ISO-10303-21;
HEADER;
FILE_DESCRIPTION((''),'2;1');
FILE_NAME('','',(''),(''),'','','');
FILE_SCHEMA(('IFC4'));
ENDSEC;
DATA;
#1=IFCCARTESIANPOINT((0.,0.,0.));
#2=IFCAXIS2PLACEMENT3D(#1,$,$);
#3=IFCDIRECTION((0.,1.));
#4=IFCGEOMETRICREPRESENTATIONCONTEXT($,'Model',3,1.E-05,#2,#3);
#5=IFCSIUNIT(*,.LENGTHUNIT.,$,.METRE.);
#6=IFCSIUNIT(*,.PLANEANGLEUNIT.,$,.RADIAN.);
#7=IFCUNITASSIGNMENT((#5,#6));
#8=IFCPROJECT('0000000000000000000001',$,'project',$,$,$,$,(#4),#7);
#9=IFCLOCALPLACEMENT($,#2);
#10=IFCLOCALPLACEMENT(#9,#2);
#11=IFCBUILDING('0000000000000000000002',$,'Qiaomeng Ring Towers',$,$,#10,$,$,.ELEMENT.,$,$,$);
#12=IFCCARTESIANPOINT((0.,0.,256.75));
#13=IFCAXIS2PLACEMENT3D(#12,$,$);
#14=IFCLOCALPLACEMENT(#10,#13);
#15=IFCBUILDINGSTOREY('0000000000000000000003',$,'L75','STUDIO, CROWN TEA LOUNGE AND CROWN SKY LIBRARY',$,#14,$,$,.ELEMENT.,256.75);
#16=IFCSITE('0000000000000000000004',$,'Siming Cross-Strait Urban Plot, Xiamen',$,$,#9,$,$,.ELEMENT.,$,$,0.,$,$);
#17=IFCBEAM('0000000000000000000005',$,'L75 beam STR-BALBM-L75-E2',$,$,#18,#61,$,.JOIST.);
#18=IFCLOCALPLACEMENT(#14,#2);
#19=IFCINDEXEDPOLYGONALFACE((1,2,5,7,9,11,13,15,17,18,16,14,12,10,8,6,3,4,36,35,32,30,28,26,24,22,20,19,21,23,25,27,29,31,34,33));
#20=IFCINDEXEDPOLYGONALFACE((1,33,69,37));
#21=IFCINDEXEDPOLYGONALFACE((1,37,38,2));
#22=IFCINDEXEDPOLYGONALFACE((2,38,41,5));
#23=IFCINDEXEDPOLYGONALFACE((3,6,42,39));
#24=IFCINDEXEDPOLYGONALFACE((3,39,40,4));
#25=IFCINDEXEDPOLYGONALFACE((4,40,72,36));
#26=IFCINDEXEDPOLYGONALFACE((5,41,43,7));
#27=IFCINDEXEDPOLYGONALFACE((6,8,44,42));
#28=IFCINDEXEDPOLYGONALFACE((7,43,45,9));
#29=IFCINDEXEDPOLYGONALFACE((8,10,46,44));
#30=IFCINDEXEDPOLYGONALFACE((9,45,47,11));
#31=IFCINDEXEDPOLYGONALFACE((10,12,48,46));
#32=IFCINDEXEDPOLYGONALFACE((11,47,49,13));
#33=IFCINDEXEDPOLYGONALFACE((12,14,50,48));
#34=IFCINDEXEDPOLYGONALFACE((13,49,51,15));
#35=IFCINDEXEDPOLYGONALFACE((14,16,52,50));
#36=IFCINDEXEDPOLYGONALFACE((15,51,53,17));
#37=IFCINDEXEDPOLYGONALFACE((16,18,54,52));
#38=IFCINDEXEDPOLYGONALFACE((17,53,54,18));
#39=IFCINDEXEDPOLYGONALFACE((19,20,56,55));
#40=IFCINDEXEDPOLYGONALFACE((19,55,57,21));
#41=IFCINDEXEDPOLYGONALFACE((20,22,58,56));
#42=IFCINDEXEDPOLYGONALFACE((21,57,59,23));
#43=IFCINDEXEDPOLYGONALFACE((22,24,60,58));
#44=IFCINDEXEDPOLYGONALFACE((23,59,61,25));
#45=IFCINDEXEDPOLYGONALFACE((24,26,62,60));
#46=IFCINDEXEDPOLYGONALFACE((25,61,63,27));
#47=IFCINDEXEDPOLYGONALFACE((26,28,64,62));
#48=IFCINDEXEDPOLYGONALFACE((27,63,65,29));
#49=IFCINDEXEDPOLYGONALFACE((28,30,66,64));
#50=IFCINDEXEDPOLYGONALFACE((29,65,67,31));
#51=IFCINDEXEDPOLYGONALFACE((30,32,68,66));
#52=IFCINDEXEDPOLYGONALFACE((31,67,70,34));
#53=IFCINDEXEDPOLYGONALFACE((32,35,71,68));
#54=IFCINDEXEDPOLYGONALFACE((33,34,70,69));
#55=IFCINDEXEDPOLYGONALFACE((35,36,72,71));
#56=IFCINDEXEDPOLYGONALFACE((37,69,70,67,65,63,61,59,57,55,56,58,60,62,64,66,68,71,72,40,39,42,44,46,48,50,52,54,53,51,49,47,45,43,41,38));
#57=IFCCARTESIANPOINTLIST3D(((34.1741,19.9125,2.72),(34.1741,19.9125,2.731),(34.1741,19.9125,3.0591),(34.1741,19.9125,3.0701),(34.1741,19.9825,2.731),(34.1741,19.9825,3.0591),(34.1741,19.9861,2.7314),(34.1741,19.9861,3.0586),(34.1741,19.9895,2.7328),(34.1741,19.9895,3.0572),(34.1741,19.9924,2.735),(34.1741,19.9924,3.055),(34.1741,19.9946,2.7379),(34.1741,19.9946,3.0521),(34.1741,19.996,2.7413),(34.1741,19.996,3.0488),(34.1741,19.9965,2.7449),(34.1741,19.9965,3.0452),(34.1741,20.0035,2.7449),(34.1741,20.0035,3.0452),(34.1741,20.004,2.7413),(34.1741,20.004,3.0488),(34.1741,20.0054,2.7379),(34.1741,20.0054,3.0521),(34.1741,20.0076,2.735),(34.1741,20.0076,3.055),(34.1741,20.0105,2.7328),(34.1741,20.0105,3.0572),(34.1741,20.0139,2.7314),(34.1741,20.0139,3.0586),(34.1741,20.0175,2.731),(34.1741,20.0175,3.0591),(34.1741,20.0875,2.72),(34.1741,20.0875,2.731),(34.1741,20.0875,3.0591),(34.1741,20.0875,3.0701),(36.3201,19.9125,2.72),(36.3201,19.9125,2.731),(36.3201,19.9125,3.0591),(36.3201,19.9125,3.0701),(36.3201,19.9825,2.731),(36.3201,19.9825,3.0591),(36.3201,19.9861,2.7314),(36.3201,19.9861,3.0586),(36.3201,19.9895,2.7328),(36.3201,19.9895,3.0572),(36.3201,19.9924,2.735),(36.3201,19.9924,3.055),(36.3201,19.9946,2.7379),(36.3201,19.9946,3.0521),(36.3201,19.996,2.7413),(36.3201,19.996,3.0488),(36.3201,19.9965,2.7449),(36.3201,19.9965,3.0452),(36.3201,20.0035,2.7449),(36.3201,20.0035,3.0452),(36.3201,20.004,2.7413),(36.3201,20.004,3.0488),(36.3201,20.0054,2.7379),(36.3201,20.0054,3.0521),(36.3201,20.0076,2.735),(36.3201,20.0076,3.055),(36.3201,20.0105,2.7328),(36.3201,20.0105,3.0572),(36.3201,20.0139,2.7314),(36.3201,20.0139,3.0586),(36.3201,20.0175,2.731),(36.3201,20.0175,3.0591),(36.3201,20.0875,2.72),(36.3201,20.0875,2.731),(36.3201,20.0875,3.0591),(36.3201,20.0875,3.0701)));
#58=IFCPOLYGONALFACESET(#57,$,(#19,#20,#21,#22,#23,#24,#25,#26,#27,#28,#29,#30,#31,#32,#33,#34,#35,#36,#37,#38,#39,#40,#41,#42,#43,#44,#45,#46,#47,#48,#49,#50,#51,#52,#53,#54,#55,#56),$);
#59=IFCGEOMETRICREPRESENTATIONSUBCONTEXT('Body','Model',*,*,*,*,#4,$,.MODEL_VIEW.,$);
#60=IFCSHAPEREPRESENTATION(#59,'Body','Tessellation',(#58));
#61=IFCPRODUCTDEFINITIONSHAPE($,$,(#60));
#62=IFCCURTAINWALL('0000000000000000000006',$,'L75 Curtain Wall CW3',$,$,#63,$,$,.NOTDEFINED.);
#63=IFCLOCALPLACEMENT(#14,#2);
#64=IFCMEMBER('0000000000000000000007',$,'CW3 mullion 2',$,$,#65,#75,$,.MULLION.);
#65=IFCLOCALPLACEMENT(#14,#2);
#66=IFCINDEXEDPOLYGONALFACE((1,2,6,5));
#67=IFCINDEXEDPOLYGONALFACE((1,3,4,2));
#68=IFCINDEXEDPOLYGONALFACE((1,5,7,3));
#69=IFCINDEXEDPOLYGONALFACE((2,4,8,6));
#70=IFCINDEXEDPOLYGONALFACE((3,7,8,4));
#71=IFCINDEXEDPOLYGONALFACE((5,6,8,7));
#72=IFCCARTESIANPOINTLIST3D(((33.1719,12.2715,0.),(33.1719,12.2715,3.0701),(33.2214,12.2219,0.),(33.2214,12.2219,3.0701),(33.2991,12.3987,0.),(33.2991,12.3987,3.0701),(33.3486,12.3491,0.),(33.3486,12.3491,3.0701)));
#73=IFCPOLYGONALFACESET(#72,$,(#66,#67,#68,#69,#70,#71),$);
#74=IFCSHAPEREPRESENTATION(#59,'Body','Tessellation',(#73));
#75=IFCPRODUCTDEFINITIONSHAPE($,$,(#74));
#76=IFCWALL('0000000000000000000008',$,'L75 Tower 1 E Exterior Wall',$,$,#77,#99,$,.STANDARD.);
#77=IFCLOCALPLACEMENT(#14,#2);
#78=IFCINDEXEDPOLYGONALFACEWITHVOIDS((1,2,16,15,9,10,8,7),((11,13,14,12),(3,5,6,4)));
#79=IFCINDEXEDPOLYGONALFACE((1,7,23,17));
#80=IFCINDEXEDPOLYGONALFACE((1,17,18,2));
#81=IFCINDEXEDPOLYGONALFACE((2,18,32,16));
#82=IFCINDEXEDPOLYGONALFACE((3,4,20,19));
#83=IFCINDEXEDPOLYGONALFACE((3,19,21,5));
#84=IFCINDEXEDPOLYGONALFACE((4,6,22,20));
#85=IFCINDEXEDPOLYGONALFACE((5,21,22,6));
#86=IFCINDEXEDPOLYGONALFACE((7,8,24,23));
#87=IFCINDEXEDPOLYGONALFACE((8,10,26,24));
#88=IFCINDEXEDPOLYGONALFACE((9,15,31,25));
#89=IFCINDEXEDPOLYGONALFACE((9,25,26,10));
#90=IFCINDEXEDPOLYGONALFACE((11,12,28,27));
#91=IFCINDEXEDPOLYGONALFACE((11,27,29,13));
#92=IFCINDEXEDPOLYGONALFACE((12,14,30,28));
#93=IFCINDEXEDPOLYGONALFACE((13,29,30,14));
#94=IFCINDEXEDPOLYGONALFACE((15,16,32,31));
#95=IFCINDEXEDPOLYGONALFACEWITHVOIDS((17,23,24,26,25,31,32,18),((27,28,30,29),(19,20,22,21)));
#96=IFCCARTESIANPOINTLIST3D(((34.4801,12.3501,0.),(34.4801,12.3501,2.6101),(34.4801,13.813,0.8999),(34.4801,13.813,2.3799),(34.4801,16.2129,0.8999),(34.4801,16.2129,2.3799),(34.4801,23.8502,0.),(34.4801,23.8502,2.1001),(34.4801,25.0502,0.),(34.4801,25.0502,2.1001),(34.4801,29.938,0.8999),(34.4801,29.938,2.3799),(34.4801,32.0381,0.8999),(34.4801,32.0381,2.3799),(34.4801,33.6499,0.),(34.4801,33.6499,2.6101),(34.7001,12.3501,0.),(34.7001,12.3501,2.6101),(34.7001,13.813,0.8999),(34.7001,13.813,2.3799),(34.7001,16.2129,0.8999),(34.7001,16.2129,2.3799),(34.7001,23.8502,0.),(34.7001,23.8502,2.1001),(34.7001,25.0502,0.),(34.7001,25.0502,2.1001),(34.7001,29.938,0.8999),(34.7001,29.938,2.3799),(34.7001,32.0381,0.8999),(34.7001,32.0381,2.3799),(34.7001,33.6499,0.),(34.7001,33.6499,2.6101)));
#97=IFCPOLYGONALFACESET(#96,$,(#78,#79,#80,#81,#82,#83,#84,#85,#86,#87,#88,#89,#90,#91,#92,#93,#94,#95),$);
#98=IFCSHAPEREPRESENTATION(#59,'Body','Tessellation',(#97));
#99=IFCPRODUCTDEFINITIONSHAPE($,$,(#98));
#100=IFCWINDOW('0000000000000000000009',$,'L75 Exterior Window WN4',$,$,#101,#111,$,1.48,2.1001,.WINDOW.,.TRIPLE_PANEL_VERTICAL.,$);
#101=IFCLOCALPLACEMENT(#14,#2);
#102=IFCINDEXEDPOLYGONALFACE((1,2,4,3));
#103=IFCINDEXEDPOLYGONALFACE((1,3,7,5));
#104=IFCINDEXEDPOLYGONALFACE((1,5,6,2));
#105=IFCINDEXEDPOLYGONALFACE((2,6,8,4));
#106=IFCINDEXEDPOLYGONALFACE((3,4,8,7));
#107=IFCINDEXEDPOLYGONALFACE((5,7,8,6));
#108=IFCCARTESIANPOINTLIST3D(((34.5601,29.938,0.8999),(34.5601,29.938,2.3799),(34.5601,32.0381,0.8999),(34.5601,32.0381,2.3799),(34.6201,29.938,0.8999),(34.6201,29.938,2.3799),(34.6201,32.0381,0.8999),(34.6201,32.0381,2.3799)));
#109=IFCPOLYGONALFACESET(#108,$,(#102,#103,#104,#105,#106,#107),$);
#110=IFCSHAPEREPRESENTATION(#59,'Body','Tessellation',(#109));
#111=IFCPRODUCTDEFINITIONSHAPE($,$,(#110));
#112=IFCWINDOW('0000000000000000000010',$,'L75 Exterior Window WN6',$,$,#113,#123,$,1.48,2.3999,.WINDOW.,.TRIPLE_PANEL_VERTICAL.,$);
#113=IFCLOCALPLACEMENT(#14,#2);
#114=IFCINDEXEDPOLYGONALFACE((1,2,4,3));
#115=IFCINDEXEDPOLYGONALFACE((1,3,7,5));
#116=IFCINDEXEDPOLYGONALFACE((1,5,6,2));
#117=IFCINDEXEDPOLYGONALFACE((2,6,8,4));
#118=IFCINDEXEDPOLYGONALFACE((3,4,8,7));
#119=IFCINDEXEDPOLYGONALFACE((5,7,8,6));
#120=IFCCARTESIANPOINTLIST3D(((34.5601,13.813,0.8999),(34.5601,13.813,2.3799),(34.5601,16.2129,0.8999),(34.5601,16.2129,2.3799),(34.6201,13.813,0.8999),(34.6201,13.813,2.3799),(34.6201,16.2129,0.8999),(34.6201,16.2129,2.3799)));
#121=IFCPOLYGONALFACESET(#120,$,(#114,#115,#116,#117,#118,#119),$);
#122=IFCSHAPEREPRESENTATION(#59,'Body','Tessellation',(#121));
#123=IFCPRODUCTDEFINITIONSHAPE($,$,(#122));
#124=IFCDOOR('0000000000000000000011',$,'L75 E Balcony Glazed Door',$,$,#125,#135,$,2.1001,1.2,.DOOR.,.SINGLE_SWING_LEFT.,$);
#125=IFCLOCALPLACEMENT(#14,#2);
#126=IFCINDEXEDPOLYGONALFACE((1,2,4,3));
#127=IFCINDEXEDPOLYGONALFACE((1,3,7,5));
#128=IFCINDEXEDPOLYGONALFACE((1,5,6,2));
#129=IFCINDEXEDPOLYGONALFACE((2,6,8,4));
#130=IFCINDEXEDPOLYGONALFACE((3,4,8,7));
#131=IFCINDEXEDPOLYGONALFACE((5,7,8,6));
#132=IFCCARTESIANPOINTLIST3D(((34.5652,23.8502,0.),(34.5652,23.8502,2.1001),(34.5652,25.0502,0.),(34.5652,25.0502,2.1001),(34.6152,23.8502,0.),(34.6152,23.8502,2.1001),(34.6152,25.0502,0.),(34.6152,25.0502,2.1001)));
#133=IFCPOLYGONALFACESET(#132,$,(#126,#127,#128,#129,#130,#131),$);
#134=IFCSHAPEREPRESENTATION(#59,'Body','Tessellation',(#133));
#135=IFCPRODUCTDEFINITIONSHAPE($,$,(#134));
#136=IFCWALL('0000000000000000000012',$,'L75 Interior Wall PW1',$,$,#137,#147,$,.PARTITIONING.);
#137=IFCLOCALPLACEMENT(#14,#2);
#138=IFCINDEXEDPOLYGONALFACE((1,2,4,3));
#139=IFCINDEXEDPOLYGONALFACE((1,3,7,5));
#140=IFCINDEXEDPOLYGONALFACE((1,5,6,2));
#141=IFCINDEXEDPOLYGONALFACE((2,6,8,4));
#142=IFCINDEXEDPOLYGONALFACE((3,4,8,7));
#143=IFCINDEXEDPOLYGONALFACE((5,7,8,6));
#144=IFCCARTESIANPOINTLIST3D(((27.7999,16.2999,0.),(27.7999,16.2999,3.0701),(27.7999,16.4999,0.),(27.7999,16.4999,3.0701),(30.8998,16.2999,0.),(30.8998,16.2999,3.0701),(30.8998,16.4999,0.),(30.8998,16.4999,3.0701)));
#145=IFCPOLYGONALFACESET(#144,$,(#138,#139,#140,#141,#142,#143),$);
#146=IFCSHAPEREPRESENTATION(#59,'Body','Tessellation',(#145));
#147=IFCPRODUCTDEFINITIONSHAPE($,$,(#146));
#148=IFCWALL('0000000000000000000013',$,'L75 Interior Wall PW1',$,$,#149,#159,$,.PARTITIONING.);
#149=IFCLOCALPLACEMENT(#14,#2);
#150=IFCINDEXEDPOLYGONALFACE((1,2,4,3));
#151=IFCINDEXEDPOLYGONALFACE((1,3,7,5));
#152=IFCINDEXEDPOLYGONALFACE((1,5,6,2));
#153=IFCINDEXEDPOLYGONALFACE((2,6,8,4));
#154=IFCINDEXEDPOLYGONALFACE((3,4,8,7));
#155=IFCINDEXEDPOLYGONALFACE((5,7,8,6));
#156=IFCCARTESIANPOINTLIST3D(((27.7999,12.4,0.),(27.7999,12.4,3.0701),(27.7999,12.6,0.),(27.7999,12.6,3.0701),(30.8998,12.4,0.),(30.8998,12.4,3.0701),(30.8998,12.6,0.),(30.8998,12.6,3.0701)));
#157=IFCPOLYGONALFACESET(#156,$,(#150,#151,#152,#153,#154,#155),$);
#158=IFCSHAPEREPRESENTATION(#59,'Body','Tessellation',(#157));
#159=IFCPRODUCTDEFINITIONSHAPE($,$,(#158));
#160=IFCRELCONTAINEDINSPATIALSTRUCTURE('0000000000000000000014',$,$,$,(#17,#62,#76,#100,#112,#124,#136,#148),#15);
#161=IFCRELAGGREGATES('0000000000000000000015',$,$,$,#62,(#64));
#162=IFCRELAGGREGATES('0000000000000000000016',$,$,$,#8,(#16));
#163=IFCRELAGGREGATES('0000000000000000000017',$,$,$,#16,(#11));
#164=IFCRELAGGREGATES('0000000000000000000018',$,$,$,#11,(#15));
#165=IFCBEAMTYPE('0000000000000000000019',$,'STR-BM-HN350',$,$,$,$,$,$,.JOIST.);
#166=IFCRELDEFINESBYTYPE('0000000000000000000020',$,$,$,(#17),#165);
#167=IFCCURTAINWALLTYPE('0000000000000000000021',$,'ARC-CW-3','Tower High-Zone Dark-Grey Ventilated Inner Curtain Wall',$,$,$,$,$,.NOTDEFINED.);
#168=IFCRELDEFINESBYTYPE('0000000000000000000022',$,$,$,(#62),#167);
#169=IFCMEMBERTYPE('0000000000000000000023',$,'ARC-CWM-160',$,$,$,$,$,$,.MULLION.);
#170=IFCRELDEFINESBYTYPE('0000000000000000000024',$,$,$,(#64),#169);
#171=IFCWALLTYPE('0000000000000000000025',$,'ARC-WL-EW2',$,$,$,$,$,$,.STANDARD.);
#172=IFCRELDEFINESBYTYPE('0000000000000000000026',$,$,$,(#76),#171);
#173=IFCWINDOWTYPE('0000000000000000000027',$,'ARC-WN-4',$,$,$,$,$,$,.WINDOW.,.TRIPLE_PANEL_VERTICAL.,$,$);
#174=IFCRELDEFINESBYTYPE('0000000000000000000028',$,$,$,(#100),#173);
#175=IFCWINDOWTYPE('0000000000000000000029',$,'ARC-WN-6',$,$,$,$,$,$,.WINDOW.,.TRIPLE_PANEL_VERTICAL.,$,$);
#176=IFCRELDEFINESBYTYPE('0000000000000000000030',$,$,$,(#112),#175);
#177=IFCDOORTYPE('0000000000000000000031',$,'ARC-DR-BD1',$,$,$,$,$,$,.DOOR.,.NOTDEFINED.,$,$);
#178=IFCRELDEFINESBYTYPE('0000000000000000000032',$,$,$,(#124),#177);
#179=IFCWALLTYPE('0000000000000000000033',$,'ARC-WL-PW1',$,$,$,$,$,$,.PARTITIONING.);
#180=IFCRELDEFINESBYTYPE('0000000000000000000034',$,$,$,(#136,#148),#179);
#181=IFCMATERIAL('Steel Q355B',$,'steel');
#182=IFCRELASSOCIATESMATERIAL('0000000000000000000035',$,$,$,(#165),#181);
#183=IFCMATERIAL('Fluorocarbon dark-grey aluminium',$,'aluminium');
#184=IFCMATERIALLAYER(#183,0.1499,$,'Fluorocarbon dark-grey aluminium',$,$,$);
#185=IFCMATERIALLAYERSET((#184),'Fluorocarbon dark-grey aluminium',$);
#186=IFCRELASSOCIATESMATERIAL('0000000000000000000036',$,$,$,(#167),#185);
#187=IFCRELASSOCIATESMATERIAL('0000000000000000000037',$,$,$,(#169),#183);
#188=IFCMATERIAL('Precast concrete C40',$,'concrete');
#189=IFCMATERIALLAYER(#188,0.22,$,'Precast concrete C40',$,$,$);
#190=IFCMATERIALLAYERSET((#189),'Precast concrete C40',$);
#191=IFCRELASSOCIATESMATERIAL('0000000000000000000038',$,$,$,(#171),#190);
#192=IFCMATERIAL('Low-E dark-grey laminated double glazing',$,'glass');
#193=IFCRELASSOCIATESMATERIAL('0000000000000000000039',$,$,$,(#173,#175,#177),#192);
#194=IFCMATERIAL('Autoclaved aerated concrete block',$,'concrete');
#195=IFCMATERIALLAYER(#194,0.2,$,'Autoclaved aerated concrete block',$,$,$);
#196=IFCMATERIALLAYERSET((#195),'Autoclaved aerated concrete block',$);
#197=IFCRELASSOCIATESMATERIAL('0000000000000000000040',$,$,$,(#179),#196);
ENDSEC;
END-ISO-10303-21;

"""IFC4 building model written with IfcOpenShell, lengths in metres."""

from ifc_helpers import new_model, si_unit, direction, frame, frame_2d, origin, origin_2d, place, context, subcontext, project, spatial, rectangle, i_section, extrude, source, transform, mapped, material, layer, layer_set, material_profile, profile_set, type_object, element, fill, aggregate, save


model = new_model("IFC4")

# Units and contexts
model_context = context("Model", 3, precision=1e-05, world=origin(), true_north=direction((0.0, 1.0)))
body_context = subcontext(model_context, "Body", "Model", "MODEL_VIEW")
ifc_project = project(units=[si_unit("LENGTHUNIT", "METRE"), si_unit("PLANEANGLEUNIT", "RADIAN")], contexts=[model_context])

# Site, building, storey
site_placement = place(None, origin())
site = spatial("IfcSite", under=ifc_project, at=site_placement, Name="Siming Cross-Strait Urban Plot, Xiamen", CompositionType="ELEMENT", RefElevation=0.0)
building_placement = place(site_placement, origin())
building = spatial("IfcBuilding", under=site, at=building_placement, Name="Qiaomeng Ring Towers", CompositionType="ELEMENT")
storey_placement = place(building_placement, frame((0.0, 0.0, 256.75)))
storey = spatial("IfcBuildingStorey", under=building, at=storey_placement, Name="L75", Description="STUDIO, CROWN TEA LOUNGE AND CROWN SKY LIBRARY", CompositionType="ELEMENT", Elevation=256.75)

# Beam
ifc_material_1 = material(Name="Steel Q355B", Category="steel")
ifc_material_profile_1 = material_profile(ifc_material_1, i_section(OverallWidth=0.175, OverallDepth=0.3501, WebThickness=0.0071, FlangeThickness=0.011, FilletRadius=0.0139, at=origin_2d()), Name="HN 350x175x7x11")
ifc_profile_set_1 = profile_set([ifc_material_profile_1], Name="Steel Q355B")
beam_type_1 = type_object("IfcBeamType", Name="STR-BM-HN350", PredefinedType="JOIST", material=ifc_profile_set_1)
shared_shape_1 = source(origin(), body_context, "Body", "SweptSolid", [
    extrude(i_section(OverallWidth=0.175, OverallDepth=0.3501, WebThickness=0.0071, FlangeThickness=0.011, FilletRadius=0.0139, at=origin_2d()), origin(), (0.0, 0.0, 1.0), 2.146),
])
beam_1_placement = place(storey_placement, frame((34.1741, 20.0, 2.895), z_axis=(1.0, 0.0, 0.0), x_axis=(0.0, 1.0, 0.0)))
element("IfcBeam", 1, at=beam_1_placement, inside=storey, type_object=beam_type_1, Name="L75 beam STR-BALBM-L75-E2", PredefinedType="JOIST", context=body_context, shape_type="MappedRepresentation", body=[
    mapped(shared_shape_1, transform((0.0, 0.0, 0.0), x_axis=(1.0, 0.0, 0.0), y_axis=(0.0, 1.0, 0.0), z_axis=(0.0, 0.0, 1.0), scale=1.0)),
])

# Curtain wall, member
ifc_material_2 = material(Name="Fluorocarbon dark-grey aluminium", Category="aluminium")
ifc_layer_1 = layer(ifc_material_2, 0.1499, Name="Fluorocarbon dark-grey aluminium")
ifc_layer_set_1 = layer_set([ifc_layer_1], Name="Fluorocarbon dark-grey aluminium")
curtain_wall_type = type_object("IfcCurtainWallType", Name="ARC-CW-3", Description="Tower High-Zone Dark-Grey Ventilated Inner Curtain Wall", PredefinedType="NOTDEFINED", material=ifc_layer_set_1)
curtain_wall_placement = place(storey_placement, origin())
curtain_wall = element("IfcCurtainWall", 2, at=curtain_wall_placement, inside=storey, type_object=curtain_wall_type, Name="L75 Curtain Wall CW3", PredefinedType="NOTDEFINED")
ifc_material_profile_2 = material_profile(ifc_material_2, rectangle(XDim=0.0701, YDim=0.1799, at=origin_2d()), Name="ALU MULL 70x180")
ifc_profile_set_2 = profile_set([ifc_material_profile_2], Name="Fluorocarbon dark-grey aluminium")
member_type = type_object("IfcMemberType", Name="ARC-CWM-160", PredefinedType="MULLION", material=ifc_profile_set_2)
shared_shape_2 = source(origin(), body_context, "Body", "SweptSolid", [
    extrude(rectangle(XDim=0.0701, YDim=0.1799, at=origin_2d()), origin(), (0.0, 0.0, 1.0), 3.0701),
])
member_placement = place(storey_placement, frame((33.2603, 12.3103, 0.0), z_axis=(0.0, 0.0, 1.0), x_axis=(-0.707107, 0.707107, 0.0)))
member = element("IfcMember", 3, at=member_placement, type_object=member_type, Name="CW3 mullion 2", PredefinedType="MULLION", context=body_context, shape_type="MappedRepresentation", body=[
    mapped(shared_shape_2, transform((0.0, 0.0, 0.0), x_axis=(1.0, 0.0, 0.0), y_axis=(0.0, 1.0, 0.0), z_axis=(0.0, 0.0, 1.0), scale=1.0)),
])
aggregate(curtain_wall, [member])

# Wall, openings, windows, door
ifc_material_3 = material(Name="Precast concrete C40", Category="concrete")
ifc_layer_2 = layer(ifc_material_3, 0.22, Name="Precast concrete C40")
ifc_layer_set_2 = layer_set([ifc_layer_2], Name="Precast concrete C40")
wall_type_1 = type_object("IfcWallType", Name="ARC-WL-EW2", PredefinedType="STANDARD", material=ifc_layer_set_2)
wall_1_placement = place(storey_placement, frame((34.5901, 12.3501, 0.0), z_axis=(0.0, 0.0, 1.0), x_axis=(0.0, 1.0, 0.0)))
wall_1 = element("IfcWall", 4, at=wall_1_placement, inside=storey, type_object=wall_type_1, Name="L75 Tower 1 E Exterior Wall", PredefinedType="STANDARD", context=body_context, shape_type="SweptSolid", body=[
    extrude(rectangle(XDim=21.2998, YDim=0.22, at=frame_2d((10.6499, 0.0))), origin(), (0.0, 0.0, 1.0), 2.6101),
])
opening_1_placement = place(wall_1_placement, frame((11.5, 0.0, 0.0)))
opening_1 = element("IfcOpeningElement", 5, at=opening_1_placement, cuts=wall_1, PredefinedType="OPENING", context=body_context, shape_type="SweptSolid", body=[
    extrude(rectangle(XDim=1.2, YDim=2.1001, at=frame_2d((0.6001, 1.05))), frame((0.0, 0.1199, 0.0), z_axis=(0.0, -1.0, 0.0), x_axis=(1.0, 0.0, 0.0)), (0.0, 0.0, 1.0), 0.24),
])
opening_2_placement = place(wall_1_placement, frame((1.4629, 0.0, 0.8999)))
opening_2 = element("IfcOpeningElement", 6, at=opening_2_placement, cuts=wall_1, PredefinedType="OPENING", context=body_context, shape_type="SweptSolid", body=[
    extrude(rectangle(XDim=2.3999, YDim=1.48, at=frame_2d((1.2, 0.74))), frame((0.0, 0.1199, 0.0), z_axis=(0.0, -1.0, 0.0), x_axis=(1.0, 0.0, 0.0)), (0.0, 0.0, 1.0), 0.24),
])
opening_3_placement = place(wall_1_placement, frame((17.5879, 0.0, 0.8999)))
opening_3 = element("IfcOpeningElement", 7, at=opening_3_placement, cuts=wall_1, PredefinedType="OPENING", context=body_context, shape_type="SweptSolid", body=[
    extrude(rectangle(XDim=2.1001, YDim=1.48, at=frame_2d((1.05, 0.74))), frame((0.0, 0.1199, 0.0), z_axis=(0.0, -1.0, 0.0), x_axis=(1.0, 0.0, 0.0)), (0.0, 0.0, 1.0), 0.24),
])
ifc_material_4 = material(Name="Low-E dark-grey laminated double glazing", Category="glass")
window_type_1 = type_object("IfcWindowType", Name="ARC-WN-4", PartitioningType="TRIPLE_PANEL_VERTICAL", PredefinedType="WINDOW", material=ifc_material_4)
shared_shape_3 = source(origin(), body_context, "Body", "SweptSolid", [
    extrude(rectangle(XDim=2.1001, YDim=1.48, at=frame_2d((1.05, 0.74))), frame((0.0, 0.03, 0.0), z_axis=(0.0, -1.0, 0.0), x_axis=(1.0, 0.0, 0.0)), (0.0, 0.0, 1.0), 0.0601),
])
window_1_placement = place(opening_3_placement, origin())
window_1 = element("IfcWindow", 8, at=window_1_placement, inside=storey, type_object=window_type_1, Name="L75 Exterior Window WN4", OverallHeight=1.48, OverallWidth=2.1001, PartitioningType="TRIPLE_PANEL_VERTICAL", PredefinedType="WINDOW", context=body_context, shape_type="MappedRepresentation", body=[
    mapped(shared_shape_3, transform((0.0, 0.0, 0.0), x_axis=(1.0, 0.0, 0.0), y_axis=(0.0, 1.0, 0.0), z_axis=(0.0, 0.0, 1.0), scale=1.0)),
])
fill(opening_3, window_1)
window_type_2 = type_object("IfcWindowType", Name="ARC-WN-6", PartitioningType="TRIPLE_PANEL_VERTICAL", PredefinedType="WINDOW", material=ifc_material_4)
shared_shape_4 = source(origin(), body_context, "Body", "SweptSolid", [
    extrude(rectangle(XDim=2.3999, YDim=1.48, at=frame_2d((1.2, 0.74))), frame((0.0, 0.03, 0.0), z_axis=(0.0, -1.0, 0.0), x_axis=(1.0, 0.0, 0.0)), (0.0, 0.0, 1.0), 0.0601),
])
window_2_placement = place(opening_2_placement, origin())
window_2 = element("IfcWindow", 9, at=window_2_placement, inside=storey, type_object=window_type_2, Name="L75 Exterior Window WN6", OverallHeight=1.48, OverallWidth=2.3999, PartitioningType="TRIPLE_PANEL_VERTICAL", PredefinedType="WINDOW", context=body_context, shape_type="MappedRepresentation", body=[
    mapped(shared_shape_4, transform((0.0, 0.0, 0.0), x_axis=(1.0, 0.0, 0.0), y_axis=(0.0, 1.0, 0.0), z_axis=(0.0, 0.0, 1.0), scale=1.0)),
])
fill(opening_2, window_2)
door_type_1 = type_object("IfcDoorType", Name="ARC-DR-BD1", OperationType="NOTDEFINED", PredefinedType="DOOR", material=ifc_material_4)
shared_shape_5 = source(origin(), body_context, "Body", "SweptSolid", [
    extrude(rectangle(XDim=1.2, YDim=2.1001, at=frame_2d((0.6001, 1.05))), frame((0.0, 0.0249, 0.0), z_axis=(0.0, -1.0, 0.0), x_axis=(1.0, 0.0, 0.0)), (0.0, 0.0, 1.0), 0.05),
])
door_1_placement = place(opening_1_placement, origin())
door_1 = element("IfcDoor", 10, at=door_1_placement, inside=storey, type_object=door_type_1, Name="L75 E Balcony Glazed Door", OperationType="SINGLE_SWING_LEFT", OverallHeight=2.1001, OverallWidth=1.2, PredefinedType="DOOR", context=body_context, shape_type="MappedRepresentation", body=[
    mapped(shared_shape_5, transform((0.0, 0.0, 0.0), x_axis=(1.0, 0.0, 0.0), y_axis=(0.0, 1.0, 0.0), z_axis=(0.0, 0.0, 1.0), scale=1.0)),
])
fill(opening_1, door_1)

# Walls
ifc_material_5 = material(Name="Autoclaved aerated concrete block", Category="concrete")
ifc_layer_3 = layer(ifc_material_5, 0.2, Name="Autoclaved aerated concrete block")
ifc_layer_set_3 = layer_set([ifc_layer_3], Name="Autoclaved aerated concrete block")
wall_type_2 = type_object("IfcWallType", Name="ARC-WL-PW1", PredefinedType="PARTITIONING", material=ifc_layer_set_3)
for number, where, z_axis, x_axis, name in (
    (11, (27.8, 16.3999, 0.0), (0.0, 0.0, 1.0), (1.0, 0.0, 0.0), "L75 Interior Wall PW1"),
    (12, (27.8, 12.5, 0.0), (0.0, 0.0, 1.0), (1.0, 0.0, 0.0), "L75 Interior Wall PW1"),
):
    element("IfcWall", number, at=place(storey_placement, frame(where, z_axis=z_axis, x_axis=x_axis)), inside=storey, type_object=wall_type_2, Name=name, PredefinedType="PARTITIONING", context=body_context, shape_type="SweptSolid", body=[
        extrude(rectangle(XDim=3.0999, YDim=0.2, at=frame_2d((1.5498, 0.0))), origin(), (0.0, 0.0, 1.0), 3.0701),
    ])

save(model, "model.ifc")
